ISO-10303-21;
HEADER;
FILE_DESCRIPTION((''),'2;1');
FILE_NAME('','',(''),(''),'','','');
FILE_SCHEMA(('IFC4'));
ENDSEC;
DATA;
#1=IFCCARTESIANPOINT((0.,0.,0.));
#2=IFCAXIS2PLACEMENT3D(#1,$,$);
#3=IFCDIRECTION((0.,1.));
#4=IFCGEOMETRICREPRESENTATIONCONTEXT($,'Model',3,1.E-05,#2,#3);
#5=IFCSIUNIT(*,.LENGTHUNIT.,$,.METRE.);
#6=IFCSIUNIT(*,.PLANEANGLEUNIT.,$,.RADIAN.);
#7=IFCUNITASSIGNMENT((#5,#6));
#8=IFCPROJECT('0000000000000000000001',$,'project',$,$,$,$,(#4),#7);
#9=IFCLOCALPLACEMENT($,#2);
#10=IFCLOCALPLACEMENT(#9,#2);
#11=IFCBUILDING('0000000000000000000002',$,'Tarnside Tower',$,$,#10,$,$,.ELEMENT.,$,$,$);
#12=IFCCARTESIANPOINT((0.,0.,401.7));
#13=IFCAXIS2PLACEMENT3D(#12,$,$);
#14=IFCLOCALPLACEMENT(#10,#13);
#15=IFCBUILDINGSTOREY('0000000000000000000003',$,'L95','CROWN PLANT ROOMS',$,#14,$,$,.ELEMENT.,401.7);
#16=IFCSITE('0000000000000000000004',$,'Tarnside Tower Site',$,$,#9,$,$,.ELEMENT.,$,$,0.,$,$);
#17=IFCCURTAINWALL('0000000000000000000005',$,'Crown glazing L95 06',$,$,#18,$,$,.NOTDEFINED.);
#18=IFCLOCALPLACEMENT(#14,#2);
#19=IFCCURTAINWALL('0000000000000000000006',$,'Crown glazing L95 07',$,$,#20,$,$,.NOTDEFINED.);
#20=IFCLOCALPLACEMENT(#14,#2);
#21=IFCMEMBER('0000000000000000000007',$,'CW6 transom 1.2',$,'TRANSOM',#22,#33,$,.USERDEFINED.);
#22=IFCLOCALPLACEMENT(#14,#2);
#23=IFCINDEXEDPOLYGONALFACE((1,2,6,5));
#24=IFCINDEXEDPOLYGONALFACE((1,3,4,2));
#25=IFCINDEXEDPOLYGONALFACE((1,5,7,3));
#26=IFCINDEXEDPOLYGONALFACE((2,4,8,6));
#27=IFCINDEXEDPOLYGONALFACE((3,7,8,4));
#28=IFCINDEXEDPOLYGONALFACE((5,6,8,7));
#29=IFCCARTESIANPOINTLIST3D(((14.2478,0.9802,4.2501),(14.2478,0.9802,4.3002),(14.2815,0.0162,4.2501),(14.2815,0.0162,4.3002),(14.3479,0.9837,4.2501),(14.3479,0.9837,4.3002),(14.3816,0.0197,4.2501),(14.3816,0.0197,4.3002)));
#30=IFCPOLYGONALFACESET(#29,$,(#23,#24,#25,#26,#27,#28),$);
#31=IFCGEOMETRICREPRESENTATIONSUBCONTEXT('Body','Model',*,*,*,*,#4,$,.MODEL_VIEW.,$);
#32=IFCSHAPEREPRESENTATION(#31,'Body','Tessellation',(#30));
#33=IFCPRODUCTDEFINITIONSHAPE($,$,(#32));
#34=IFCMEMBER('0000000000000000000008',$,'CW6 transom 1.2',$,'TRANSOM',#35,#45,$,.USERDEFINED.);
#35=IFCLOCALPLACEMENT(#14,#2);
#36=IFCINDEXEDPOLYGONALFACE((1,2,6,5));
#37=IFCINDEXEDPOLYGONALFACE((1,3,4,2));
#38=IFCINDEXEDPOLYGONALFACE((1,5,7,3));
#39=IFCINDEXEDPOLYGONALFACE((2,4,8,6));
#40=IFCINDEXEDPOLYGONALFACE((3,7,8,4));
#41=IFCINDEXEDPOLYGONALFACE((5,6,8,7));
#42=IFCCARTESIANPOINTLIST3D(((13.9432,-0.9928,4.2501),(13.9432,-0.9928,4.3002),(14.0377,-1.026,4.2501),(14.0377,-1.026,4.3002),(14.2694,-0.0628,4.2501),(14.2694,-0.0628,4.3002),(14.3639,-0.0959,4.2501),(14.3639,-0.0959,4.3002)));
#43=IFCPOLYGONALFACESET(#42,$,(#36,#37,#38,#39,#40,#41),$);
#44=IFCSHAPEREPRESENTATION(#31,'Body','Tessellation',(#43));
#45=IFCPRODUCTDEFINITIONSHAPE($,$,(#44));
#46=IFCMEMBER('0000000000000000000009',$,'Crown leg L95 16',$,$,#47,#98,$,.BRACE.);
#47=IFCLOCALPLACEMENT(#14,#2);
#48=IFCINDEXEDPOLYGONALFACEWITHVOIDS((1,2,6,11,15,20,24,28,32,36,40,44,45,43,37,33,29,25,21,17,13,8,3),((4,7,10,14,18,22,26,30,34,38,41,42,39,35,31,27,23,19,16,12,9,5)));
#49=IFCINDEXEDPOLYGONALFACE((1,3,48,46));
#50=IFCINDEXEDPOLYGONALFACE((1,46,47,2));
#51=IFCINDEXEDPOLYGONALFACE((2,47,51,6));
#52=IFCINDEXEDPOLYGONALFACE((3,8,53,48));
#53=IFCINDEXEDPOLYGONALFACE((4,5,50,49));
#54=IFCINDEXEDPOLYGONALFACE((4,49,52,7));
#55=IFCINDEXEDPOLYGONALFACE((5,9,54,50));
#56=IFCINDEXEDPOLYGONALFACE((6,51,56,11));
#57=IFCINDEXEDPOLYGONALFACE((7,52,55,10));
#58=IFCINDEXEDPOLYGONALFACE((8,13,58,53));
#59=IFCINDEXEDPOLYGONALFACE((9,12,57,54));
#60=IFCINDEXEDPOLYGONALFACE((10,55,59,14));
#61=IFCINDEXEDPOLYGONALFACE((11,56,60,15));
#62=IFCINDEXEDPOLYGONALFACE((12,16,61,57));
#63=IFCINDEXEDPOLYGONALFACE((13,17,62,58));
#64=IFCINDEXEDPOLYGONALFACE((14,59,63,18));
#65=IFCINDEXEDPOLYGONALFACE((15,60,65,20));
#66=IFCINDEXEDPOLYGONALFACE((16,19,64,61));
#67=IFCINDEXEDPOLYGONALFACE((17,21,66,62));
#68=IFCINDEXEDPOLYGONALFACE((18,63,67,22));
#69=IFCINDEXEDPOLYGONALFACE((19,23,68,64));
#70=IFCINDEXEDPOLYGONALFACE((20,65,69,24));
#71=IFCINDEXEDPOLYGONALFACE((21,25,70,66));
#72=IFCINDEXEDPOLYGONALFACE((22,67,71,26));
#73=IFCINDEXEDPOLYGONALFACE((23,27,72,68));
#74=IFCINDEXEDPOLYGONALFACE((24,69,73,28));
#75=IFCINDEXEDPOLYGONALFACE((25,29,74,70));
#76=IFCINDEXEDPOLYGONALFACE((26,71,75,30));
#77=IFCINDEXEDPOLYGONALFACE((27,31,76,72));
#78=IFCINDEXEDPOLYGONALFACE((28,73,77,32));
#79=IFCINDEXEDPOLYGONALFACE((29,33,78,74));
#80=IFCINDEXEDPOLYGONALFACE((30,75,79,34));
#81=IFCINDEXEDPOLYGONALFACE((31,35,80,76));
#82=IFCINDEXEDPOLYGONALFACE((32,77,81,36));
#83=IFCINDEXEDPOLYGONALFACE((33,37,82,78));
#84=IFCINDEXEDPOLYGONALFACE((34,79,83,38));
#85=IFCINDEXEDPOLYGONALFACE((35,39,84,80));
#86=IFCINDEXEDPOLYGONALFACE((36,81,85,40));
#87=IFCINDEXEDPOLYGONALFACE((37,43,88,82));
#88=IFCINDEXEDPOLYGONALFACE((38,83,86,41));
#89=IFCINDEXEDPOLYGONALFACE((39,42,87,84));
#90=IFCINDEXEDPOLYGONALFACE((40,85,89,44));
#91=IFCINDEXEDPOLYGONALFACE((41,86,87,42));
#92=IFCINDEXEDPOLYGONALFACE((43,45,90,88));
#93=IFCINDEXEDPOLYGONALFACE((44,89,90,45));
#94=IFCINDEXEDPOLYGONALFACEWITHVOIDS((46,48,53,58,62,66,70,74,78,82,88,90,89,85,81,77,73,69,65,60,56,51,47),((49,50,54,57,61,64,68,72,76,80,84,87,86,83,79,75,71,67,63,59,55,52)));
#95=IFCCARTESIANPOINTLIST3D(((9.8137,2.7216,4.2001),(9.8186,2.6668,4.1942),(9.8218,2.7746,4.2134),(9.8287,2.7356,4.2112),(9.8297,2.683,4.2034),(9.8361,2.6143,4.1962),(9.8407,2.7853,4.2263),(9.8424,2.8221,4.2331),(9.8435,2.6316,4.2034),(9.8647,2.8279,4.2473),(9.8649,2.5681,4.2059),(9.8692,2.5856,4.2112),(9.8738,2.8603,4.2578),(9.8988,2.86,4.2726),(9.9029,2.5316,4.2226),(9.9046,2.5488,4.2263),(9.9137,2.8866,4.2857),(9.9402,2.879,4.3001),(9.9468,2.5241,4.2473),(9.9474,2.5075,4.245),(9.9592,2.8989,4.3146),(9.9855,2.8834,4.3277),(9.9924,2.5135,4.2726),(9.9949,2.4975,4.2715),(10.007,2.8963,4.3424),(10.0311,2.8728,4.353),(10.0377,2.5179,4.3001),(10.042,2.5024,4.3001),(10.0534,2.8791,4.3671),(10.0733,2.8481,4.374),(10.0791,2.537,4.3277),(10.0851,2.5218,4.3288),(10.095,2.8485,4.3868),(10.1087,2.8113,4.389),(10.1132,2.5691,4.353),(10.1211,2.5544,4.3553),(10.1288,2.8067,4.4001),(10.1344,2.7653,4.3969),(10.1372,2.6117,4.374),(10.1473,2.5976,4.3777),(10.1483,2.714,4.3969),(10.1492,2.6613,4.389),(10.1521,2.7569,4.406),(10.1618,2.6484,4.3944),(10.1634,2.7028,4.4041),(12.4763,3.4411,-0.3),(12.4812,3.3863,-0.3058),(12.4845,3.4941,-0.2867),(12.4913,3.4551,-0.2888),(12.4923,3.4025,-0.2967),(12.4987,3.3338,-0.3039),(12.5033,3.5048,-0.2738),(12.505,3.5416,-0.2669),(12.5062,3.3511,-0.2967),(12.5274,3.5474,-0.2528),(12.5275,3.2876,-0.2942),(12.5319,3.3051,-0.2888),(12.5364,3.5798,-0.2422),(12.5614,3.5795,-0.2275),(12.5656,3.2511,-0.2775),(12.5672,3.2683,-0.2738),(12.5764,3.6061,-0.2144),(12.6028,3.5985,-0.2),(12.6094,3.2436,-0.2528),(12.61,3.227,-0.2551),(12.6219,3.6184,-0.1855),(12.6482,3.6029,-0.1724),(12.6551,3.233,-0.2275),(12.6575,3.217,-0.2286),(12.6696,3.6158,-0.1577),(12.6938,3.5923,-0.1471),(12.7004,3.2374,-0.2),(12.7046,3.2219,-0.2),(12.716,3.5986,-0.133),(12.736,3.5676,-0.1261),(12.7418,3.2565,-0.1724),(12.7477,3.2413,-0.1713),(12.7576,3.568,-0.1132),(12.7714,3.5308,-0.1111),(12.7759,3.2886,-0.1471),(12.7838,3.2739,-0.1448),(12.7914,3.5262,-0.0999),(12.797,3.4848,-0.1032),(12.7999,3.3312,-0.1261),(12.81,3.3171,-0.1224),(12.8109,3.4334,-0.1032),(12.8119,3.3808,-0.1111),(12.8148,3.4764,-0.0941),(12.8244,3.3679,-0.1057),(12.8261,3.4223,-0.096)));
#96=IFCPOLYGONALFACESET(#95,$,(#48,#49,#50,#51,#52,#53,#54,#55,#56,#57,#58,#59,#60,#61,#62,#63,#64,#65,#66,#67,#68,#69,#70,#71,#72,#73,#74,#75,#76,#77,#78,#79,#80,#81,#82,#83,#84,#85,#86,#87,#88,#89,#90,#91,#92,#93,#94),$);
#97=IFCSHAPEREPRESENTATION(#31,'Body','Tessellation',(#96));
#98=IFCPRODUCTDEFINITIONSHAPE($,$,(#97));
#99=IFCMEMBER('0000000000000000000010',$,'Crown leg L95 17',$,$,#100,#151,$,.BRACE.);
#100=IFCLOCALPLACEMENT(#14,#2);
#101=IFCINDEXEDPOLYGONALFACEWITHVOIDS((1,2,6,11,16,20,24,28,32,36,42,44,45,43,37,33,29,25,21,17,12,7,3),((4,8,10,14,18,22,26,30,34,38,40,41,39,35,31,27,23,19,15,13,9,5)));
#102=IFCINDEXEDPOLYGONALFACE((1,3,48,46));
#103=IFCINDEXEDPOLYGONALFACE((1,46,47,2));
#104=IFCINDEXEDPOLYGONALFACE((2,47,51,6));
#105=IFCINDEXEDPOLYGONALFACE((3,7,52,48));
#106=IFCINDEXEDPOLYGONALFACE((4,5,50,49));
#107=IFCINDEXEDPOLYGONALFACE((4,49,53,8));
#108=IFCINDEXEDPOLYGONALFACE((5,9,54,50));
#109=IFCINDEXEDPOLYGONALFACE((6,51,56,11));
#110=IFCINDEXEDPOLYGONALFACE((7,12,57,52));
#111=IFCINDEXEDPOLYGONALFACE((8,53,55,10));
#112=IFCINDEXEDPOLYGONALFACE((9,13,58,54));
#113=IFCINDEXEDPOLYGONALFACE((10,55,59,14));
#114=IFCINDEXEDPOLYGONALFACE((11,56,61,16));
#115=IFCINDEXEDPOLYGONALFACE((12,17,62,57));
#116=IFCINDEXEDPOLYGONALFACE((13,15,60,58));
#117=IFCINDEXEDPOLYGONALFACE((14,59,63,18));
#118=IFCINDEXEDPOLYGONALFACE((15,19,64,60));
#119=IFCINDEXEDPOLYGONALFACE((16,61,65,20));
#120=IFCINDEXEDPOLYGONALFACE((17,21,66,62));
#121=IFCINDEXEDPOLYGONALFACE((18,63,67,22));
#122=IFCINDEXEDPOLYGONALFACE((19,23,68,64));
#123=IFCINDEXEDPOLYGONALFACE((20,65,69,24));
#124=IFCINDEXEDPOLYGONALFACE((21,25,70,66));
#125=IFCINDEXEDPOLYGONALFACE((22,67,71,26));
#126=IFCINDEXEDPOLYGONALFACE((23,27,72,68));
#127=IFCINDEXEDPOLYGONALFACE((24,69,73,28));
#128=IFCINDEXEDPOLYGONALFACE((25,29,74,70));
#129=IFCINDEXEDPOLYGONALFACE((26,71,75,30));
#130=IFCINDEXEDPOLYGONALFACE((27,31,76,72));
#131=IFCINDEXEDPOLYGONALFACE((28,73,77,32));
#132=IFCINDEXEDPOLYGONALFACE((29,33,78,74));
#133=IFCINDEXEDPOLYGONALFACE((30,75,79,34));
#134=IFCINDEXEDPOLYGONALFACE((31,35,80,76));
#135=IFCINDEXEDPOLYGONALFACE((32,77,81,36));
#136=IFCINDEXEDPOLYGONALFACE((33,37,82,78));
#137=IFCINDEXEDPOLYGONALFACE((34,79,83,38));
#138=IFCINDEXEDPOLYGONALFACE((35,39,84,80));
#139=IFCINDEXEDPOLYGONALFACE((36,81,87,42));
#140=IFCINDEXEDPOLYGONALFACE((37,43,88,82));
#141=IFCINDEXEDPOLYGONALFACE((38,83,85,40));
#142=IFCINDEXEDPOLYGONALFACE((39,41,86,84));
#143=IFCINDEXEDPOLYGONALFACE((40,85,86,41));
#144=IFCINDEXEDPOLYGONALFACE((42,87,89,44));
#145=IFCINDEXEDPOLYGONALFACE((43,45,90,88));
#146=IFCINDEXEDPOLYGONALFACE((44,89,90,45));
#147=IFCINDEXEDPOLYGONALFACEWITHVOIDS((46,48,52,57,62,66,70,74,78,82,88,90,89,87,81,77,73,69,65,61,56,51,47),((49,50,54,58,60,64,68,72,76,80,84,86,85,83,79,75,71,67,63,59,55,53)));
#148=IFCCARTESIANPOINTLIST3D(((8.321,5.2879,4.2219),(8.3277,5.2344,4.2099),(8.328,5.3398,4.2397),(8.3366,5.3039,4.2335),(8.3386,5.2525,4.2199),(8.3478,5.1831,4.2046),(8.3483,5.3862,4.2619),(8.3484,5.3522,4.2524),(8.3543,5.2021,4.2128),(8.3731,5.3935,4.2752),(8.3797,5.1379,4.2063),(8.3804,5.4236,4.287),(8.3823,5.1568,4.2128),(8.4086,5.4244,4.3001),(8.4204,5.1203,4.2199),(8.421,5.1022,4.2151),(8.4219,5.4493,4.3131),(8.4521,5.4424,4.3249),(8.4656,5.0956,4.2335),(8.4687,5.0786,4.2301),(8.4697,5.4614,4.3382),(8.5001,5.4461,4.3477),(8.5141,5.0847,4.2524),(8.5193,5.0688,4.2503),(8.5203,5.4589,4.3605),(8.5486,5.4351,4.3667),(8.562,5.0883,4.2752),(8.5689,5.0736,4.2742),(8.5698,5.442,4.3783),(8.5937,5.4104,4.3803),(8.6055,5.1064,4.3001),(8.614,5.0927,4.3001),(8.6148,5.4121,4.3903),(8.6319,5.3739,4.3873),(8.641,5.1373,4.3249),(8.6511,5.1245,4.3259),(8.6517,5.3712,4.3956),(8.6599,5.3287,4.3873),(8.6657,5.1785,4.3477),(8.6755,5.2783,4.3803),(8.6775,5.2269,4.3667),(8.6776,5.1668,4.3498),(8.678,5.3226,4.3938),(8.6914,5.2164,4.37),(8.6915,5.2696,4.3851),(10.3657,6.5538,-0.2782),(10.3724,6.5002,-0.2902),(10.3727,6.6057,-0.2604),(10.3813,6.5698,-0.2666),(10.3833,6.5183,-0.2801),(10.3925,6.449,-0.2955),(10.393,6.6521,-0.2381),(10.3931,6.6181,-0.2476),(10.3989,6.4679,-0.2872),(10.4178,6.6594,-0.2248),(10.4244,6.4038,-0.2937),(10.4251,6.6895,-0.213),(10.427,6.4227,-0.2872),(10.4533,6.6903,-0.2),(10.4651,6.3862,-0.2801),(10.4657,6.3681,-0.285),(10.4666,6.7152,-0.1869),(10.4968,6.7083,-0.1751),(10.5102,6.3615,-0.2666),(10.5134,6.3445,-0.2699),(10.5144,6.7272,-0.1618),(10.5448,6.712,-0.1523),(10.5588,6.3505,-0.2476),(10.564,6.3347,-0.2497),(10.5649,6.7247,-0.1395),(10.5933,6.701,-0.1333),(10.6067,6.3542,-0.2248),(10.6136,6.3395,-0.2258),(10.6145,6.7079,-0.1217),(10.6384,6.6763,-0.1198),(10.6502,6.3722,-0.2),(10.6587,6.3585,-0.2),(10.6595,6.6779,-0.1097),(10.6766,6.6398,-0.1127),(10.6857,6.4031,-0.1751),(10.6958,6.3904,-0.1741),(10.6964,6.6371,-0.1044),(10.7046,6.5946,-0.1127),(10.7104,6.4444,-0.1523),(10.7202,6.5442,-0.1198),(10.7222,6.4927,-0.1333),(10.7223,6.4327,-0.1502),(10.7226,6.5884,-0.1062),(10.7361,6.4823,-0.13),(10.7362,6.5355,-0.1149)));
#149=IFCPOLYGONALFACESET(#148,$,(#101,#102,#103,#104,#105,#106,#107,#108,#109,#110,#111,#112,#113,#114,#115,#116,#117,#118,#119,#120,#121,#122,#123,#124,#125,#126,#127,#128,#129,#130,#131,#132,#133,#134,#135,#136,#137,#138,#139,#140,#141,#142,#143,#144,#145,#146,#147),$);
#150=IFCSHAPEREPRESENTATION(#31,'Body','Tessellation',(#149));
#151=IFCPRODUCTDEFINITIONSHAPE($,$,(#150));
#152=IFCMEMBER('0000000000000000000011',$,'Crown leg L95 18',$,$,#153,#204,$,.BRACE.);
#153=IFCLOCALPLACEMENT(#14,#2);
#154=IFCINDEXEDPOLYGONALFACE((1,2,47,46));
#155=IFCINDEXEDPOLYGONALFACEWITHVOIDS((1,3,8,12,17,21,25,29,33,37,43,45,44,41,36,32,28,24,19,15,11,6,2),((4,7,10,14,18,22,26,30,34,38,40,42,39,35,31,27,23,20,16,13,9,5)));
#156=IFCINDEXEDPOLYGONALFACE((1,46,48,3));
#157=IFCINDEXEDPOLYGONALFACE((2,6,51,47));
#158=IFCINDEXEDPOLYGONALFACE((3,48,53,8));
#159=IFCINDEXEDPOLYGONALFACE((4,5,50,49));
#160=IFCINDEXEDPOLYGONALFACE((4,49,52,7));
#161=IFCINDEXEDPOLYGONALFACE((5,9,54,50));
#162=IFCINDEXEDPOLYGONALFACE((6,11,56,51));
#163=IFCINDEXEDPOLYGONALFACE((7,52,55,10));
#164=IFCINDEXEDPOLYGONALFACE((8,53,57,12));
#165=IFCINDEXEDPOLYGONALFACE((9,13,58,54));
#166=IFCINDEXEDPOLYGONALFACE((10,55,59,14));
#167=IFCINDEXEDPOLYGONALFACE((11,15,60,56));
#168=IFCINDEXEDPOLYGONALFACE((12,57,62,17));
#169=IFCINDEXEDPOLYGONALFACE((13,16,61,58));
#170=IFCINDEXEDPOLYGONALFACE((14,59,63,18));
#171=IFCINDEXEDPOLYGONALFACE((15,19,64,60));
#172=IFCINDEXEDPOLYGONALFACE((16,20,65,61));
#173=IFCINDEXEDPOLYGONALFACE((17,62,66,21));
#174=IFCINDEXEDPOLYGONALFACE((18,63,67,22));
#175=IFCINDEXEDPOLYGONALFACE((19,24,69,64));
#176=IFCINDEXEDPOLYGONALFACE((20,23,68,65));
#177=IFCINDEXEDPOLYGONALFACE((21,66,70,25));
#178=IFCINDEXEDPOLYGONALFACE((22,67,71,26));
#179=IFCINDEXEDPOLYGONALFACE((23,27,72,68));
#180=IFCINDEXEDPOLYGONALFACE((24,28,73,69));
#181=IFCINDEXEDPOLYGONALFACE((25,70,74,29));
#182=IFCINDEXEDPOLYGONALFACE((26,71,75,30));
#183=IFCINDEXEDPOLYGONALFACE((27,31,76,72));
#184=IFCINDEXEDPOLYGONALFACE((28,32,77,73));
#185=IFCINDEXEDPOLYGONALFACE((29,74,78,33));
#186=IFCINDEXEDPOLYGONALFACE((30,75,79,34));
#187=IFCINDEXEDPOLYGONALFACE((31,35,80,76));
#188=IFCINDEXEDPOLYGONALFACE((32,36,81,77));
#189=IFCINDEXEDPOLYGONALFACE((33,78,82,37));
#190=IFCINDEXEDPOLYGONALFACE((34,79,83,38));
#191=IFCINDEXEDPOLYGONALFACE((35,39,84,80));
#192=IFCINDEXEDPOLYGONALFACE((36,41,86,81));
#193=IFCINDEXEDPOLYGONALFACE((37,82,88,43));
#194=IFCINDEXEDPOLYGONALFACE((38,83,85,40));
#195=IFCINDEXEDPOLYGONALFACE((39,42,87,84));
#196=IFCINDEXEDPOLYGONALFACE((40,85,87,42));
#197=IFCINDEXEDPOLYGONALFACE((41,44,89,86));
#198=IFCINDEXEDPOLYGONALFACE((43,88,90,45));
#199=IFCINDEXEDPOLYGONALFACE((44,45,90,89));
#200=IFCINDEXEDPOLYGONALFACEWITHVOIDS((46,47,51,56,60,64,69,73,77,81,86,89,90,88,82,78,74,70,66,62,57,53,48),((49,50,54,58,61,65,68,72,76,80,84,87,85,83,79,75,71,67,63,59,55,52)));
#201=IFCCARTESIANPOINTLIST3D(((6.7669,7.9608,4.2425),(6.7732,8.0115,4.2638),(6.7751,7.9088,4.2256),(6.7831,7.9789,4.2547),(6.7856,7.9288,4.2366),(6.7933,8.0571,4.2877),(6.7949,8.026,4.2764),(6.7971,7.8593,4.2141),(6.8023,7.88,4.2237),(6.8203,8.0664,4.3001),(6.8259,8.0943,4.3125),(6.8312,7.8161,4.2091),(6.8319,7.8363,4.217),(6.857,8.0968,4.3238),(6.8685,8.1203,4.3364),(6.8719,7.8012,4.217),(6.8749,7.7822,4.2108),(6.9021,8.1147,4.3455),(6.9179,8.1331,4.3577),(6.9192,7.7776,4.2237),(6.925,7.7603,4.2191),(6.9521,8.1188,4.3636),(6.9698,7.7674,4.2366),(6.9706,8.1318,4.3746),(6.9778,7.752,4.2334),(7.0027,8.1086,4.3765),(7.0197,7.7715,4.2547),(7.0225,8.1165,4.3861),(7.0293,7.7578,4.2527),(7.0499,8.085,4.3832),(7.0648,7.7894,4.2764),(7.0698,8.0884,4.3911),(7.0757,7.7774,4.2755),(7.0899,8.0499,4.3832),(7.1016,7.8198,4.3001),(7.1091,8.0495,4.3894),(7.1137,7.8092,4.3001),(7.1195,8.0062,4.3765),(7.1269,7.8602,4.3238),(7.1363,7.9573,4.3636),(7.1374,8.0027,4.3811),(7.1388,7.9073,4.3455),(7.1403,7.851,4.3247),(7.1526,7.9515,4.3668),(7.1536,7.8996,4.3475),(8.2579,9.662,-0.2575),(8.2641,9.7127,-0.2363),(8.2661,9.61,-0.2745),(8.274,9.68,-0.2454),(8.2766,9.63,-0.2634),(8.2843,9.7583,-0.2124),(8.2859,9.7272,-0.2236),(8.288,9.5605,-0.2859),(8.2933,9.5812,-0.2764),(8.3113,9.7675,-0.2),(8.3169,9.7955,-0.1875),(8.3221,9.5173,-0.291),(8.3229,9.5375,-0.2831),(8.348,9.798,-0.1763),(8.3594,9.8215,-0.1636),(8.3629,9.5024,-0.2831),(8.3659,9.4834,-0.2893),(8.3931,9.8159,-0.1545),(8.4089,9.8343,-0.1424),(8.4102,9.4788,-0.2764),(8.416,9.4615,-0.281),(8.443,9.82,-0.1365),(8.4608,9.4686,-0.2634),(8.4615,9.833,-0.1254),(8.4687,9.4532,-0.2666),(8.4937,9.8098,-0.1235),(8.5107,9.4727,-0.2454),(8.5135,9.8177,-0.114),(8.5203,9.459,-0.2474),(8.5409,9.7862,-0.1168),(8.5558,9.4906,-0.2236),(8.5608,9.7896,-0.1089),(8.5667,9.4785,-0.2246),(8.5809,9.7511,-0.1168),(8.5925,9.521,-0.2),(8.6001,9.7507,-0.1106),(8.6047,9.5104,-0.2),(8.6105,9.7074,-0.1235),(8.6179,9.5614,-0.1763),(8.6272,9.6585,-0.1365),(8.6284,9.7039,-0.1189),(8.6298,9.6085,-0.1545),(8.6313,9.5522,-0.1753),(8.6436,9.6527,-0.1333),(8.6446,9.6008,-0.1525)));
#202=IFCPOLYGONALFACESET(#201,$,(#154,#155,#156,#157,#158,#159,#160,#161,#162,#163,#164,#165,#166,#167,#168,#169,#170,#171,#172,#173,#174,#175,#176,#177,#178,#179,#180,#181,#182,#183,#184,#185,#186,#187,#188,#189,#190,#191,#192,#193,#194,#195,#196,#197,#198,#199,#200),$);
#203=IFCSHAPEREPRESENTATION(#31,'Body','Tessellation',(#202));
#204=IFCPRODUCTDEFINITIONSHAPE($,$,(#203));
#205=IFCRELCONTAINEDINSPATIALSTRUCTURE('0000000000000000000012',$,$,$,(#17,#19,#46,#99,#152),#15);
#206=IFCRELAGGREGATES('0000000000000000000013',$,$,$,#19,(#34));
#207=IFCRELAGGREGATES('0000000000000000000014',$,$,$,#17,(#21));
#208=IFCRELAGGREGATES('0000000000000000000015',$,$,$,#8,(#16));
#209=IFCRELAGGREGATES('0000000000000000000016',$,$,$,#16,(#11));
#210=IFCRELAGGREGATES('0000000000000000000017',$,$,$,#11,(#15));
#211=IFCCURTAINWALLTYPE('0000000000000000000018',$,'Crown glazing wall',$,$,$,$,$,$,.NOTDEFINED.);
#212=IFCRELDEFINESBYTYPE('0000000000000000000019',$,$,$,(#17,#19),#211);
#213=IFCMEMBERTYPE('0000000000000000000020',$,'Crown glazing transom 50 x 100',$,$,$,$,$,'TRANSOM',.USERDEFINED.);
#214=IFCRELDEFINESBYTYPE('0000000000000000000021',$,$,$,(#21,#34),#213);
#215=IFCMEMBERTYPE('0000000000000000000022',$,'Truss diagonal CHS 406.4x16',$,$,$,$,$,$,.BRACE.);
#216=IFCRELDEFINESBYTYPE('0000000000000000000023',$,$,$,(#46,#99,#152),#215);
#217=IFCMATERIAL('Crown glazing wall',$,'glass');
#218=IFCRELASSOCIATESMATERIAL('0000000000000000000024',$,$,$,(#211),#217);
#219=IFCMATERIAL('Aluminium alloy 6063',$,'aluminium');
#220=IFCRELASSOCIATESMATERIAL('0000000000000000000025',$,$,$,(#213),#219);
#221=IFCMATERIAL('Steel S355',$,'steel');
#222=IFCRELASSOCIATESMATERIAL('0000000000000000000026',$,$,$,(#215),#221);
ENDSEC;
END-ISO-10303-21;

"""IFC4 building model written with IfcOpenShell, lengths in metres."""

from ifc_helpers import new_model, si_unit, direction, frame, origin, origin_2d, place, context, subcontext, project, spatial, rectangle, hollow_circle, extrude, material, material_profile, profile_set, type_object, element, aggregate, save


model = new_model("IFC4")

# Units and contexts
model_context = context("Model", 3, precision=1e-05, world=origin(), true_north=direction((0.0, 1.0)))
body_context = subcontext(model_context, "Body", "Model", "MODEL_VIEW")
ifc_project = project(units=[si_unit("LENGTHUNIT", "METRE"), si_unit("PLANEANGLEUNIT", "RADIAN")], contexts=[model_context])

# Site, building, storey
site_placement = place(None, origin())
site = spatial("IfcSite", under=ifc_project, at=site_placement, Name="Tarnside Tower Site", CompositionType="ELEMENT", RefElevation=0.0)
building_placement = place(site_placement, origin())
building = spatial("IfcBuilding", under=site, at=building_placement, Name="Tarnside Tower", CompositionType="ELEMENT")
storey_placement = place(building_placement, frame((0.0, 0.0, 401.7)))
storey = spatial("IfcBuildingStorey", under=building, at=storey_placement, Name="L95", Description="CROWN PLANT ROOMS", CompositionType="ELEMENT", Elevation=401.7)

# Curtain wall
ifc_material_1 = material(Name="Crown glazing wall", Category="glass")
curtain_wall_type = type_object("IfcCurtainWallType", Name="Crown glazing wall", PredefinedType="NOTDEFINED", material=ifc_material_1)
ifc_material_2 = material(Name="Aluminium alloy 6063", Category="aluminium")
curtain_wall_1_placement = place(storey_placement, origin())
curtain_wall_1 = element("IfcCurtainWall", 1, at=curtain_wall_1_placement, inside=storey, type_object=curtain_wall_type, Name="Crown glazing L95 06", PredefinedType="NOTDEFINED")

# Curtain wall
curtain_wall_2_placement = place(storey_placement, origin())
curtain_wall_2 = element("IfcCurtainWall", 2, at=curtain_wall_2_placement, inside=storey, type_object=curtain_wall_type, Name="Crown glazing L95 07", PredefinedType="NOTDEFINED")

# Members
ifc_material_profile_1 = material_profile(ifc_material_2, rectangle(XDim=0.1001, YDim=0.05, at=origin_2d()), Name="Crown glazing transom 50 x 100")
ifc_profile_set_1 = profile_set([ifc_material_profile_1], Name="Aluminium alloy 6063")
member_type_1 = type_object("IfcMemberType", Name="Crown glazing transom 50 x 100", ElementType="TRANSOM", PredefinedType="USERDEFINED", material=ifc_profile_set_1)
member_1_placement = place(storey_placement, frame((14.2979, 0.9819, 4.2751), z_axis=(0.034924, -0.99939, 0.0), x_axis=(0.99939, 0.034924, 0.0)))
member_1 = element("IfcMember", 3, at=member_1_placement, type_object=member_type_1, Name="CW6 transom 1.2", ObjectType="TRANSOM", PredefinedType="USERDEFINED", context=body_context, shape_type="SweptSolid", body=[
    extrude(rectangle(XDim=0.1001, YDim=0.05, at=origin_2d()), origin(), (0.0, 0.0, 1.0), 0.9646),
])
member_2_placement = place(storey_placement, frame((14.3167, -0.0793, 4.2751), z_axis=(-0.330979, -0.943638, 0.0), x_axis=(0.943638, -0.330979, 0.0)))
member_2 = element("IfcMember", 4, at=member_2_placement, type_object=member_type_1, Name="CW6 transom 1.2", ObjectType="TRANSOM", PredefinedType="USERDEFINED", context=body_context, shape_type="SweptSolid", body=[
    extrude(rectangle(XDim=0.1001, YDim=0.05, at=origin_2d()), origin(), (0.0, 0.0, 1.0), 0.9856),
])
aggregate(curtain_wall_2, [member_2])

# Members
ifc_material_3 = material(Name="Steel S355", Category="steel")
ifc_material_profile_2 = material_profile(ifc_material_3, hollow_circle(Radius=0.2031, WallThickness=0.0161, at=origin_2d()), Name="CHS 406.4x16")
ifc_profile_set_2 = profile_set([ifc_material_profile_2], Name="Steel S355")
member_type_2 = type_object("IfcMemberType", Name="Truss diagonal CHS 406.4x16", PredefinedType="BRACE", material=ifc_profile_set_2)
member_3_placement = place(storey_placement, frame((12.6516, 3.418, -0.2), z_axis=(-0.504473, -0.136318, 0.852599), x_axis=(0.260862, -0.965376, 0.0)))
element("IfcMember", 5, at=member_3_placement, inside=storey, type_object=member_type_2, Name="Crown leg L95 16", PredefinedType="BRACE", context=body_context, shape_type="SweptSolid", body=[
    extrude(hollow_circle(Radius=0.2031, WallThickness=0.0161, at=origin_2d()), origin(), (0.0, 0.0, 1.0), 5.2781),
])
member_4_placement = place(storey_placement, frame((10.5518, 6.5312, -0.2), z_axis=(-0.400739, -0.248099, 0.881961), x_axis=(0.52639, -0.850244, 0.0)))
element("IfcMember", 6, at=member_4_placement, inside=storey, type_object=member_type_2, Name="Crown leg L95 17", PredefinedType="BRACE", context=body_context, shape_type="SweptSolid", body=[
    extrude(hollow_circle(Radius=0.2031, WallThickness=0.0161, at=origin_2d()), origin(), (0.0, 0.0, 1.0), 5.1023),
])
member_5_placement = place(storey_placement, frame((8.4519, 9.6443, -0.2), z_axis=(-0.296029, -0.337764, 0.893466), x_axis=(0.752042, -0.659116, 0.0)))
element("IfcMember", 7, at=member_5_placement, inside=storey, type_object=member_type_2, Name="Crown leg L95 18", PredefinedType="BRACE", context=body_context, shape_type="SweptSolid", body=[
    extrude(hollow_circle(Radius=0.2031, WallThickness=0.0161, at=origin_2d()), origin(), (0.0, 0.0, 1.0), 5.0366),
])

aggregate(curtain_wall_1, [member_1])

save(model, "model.ifc")
